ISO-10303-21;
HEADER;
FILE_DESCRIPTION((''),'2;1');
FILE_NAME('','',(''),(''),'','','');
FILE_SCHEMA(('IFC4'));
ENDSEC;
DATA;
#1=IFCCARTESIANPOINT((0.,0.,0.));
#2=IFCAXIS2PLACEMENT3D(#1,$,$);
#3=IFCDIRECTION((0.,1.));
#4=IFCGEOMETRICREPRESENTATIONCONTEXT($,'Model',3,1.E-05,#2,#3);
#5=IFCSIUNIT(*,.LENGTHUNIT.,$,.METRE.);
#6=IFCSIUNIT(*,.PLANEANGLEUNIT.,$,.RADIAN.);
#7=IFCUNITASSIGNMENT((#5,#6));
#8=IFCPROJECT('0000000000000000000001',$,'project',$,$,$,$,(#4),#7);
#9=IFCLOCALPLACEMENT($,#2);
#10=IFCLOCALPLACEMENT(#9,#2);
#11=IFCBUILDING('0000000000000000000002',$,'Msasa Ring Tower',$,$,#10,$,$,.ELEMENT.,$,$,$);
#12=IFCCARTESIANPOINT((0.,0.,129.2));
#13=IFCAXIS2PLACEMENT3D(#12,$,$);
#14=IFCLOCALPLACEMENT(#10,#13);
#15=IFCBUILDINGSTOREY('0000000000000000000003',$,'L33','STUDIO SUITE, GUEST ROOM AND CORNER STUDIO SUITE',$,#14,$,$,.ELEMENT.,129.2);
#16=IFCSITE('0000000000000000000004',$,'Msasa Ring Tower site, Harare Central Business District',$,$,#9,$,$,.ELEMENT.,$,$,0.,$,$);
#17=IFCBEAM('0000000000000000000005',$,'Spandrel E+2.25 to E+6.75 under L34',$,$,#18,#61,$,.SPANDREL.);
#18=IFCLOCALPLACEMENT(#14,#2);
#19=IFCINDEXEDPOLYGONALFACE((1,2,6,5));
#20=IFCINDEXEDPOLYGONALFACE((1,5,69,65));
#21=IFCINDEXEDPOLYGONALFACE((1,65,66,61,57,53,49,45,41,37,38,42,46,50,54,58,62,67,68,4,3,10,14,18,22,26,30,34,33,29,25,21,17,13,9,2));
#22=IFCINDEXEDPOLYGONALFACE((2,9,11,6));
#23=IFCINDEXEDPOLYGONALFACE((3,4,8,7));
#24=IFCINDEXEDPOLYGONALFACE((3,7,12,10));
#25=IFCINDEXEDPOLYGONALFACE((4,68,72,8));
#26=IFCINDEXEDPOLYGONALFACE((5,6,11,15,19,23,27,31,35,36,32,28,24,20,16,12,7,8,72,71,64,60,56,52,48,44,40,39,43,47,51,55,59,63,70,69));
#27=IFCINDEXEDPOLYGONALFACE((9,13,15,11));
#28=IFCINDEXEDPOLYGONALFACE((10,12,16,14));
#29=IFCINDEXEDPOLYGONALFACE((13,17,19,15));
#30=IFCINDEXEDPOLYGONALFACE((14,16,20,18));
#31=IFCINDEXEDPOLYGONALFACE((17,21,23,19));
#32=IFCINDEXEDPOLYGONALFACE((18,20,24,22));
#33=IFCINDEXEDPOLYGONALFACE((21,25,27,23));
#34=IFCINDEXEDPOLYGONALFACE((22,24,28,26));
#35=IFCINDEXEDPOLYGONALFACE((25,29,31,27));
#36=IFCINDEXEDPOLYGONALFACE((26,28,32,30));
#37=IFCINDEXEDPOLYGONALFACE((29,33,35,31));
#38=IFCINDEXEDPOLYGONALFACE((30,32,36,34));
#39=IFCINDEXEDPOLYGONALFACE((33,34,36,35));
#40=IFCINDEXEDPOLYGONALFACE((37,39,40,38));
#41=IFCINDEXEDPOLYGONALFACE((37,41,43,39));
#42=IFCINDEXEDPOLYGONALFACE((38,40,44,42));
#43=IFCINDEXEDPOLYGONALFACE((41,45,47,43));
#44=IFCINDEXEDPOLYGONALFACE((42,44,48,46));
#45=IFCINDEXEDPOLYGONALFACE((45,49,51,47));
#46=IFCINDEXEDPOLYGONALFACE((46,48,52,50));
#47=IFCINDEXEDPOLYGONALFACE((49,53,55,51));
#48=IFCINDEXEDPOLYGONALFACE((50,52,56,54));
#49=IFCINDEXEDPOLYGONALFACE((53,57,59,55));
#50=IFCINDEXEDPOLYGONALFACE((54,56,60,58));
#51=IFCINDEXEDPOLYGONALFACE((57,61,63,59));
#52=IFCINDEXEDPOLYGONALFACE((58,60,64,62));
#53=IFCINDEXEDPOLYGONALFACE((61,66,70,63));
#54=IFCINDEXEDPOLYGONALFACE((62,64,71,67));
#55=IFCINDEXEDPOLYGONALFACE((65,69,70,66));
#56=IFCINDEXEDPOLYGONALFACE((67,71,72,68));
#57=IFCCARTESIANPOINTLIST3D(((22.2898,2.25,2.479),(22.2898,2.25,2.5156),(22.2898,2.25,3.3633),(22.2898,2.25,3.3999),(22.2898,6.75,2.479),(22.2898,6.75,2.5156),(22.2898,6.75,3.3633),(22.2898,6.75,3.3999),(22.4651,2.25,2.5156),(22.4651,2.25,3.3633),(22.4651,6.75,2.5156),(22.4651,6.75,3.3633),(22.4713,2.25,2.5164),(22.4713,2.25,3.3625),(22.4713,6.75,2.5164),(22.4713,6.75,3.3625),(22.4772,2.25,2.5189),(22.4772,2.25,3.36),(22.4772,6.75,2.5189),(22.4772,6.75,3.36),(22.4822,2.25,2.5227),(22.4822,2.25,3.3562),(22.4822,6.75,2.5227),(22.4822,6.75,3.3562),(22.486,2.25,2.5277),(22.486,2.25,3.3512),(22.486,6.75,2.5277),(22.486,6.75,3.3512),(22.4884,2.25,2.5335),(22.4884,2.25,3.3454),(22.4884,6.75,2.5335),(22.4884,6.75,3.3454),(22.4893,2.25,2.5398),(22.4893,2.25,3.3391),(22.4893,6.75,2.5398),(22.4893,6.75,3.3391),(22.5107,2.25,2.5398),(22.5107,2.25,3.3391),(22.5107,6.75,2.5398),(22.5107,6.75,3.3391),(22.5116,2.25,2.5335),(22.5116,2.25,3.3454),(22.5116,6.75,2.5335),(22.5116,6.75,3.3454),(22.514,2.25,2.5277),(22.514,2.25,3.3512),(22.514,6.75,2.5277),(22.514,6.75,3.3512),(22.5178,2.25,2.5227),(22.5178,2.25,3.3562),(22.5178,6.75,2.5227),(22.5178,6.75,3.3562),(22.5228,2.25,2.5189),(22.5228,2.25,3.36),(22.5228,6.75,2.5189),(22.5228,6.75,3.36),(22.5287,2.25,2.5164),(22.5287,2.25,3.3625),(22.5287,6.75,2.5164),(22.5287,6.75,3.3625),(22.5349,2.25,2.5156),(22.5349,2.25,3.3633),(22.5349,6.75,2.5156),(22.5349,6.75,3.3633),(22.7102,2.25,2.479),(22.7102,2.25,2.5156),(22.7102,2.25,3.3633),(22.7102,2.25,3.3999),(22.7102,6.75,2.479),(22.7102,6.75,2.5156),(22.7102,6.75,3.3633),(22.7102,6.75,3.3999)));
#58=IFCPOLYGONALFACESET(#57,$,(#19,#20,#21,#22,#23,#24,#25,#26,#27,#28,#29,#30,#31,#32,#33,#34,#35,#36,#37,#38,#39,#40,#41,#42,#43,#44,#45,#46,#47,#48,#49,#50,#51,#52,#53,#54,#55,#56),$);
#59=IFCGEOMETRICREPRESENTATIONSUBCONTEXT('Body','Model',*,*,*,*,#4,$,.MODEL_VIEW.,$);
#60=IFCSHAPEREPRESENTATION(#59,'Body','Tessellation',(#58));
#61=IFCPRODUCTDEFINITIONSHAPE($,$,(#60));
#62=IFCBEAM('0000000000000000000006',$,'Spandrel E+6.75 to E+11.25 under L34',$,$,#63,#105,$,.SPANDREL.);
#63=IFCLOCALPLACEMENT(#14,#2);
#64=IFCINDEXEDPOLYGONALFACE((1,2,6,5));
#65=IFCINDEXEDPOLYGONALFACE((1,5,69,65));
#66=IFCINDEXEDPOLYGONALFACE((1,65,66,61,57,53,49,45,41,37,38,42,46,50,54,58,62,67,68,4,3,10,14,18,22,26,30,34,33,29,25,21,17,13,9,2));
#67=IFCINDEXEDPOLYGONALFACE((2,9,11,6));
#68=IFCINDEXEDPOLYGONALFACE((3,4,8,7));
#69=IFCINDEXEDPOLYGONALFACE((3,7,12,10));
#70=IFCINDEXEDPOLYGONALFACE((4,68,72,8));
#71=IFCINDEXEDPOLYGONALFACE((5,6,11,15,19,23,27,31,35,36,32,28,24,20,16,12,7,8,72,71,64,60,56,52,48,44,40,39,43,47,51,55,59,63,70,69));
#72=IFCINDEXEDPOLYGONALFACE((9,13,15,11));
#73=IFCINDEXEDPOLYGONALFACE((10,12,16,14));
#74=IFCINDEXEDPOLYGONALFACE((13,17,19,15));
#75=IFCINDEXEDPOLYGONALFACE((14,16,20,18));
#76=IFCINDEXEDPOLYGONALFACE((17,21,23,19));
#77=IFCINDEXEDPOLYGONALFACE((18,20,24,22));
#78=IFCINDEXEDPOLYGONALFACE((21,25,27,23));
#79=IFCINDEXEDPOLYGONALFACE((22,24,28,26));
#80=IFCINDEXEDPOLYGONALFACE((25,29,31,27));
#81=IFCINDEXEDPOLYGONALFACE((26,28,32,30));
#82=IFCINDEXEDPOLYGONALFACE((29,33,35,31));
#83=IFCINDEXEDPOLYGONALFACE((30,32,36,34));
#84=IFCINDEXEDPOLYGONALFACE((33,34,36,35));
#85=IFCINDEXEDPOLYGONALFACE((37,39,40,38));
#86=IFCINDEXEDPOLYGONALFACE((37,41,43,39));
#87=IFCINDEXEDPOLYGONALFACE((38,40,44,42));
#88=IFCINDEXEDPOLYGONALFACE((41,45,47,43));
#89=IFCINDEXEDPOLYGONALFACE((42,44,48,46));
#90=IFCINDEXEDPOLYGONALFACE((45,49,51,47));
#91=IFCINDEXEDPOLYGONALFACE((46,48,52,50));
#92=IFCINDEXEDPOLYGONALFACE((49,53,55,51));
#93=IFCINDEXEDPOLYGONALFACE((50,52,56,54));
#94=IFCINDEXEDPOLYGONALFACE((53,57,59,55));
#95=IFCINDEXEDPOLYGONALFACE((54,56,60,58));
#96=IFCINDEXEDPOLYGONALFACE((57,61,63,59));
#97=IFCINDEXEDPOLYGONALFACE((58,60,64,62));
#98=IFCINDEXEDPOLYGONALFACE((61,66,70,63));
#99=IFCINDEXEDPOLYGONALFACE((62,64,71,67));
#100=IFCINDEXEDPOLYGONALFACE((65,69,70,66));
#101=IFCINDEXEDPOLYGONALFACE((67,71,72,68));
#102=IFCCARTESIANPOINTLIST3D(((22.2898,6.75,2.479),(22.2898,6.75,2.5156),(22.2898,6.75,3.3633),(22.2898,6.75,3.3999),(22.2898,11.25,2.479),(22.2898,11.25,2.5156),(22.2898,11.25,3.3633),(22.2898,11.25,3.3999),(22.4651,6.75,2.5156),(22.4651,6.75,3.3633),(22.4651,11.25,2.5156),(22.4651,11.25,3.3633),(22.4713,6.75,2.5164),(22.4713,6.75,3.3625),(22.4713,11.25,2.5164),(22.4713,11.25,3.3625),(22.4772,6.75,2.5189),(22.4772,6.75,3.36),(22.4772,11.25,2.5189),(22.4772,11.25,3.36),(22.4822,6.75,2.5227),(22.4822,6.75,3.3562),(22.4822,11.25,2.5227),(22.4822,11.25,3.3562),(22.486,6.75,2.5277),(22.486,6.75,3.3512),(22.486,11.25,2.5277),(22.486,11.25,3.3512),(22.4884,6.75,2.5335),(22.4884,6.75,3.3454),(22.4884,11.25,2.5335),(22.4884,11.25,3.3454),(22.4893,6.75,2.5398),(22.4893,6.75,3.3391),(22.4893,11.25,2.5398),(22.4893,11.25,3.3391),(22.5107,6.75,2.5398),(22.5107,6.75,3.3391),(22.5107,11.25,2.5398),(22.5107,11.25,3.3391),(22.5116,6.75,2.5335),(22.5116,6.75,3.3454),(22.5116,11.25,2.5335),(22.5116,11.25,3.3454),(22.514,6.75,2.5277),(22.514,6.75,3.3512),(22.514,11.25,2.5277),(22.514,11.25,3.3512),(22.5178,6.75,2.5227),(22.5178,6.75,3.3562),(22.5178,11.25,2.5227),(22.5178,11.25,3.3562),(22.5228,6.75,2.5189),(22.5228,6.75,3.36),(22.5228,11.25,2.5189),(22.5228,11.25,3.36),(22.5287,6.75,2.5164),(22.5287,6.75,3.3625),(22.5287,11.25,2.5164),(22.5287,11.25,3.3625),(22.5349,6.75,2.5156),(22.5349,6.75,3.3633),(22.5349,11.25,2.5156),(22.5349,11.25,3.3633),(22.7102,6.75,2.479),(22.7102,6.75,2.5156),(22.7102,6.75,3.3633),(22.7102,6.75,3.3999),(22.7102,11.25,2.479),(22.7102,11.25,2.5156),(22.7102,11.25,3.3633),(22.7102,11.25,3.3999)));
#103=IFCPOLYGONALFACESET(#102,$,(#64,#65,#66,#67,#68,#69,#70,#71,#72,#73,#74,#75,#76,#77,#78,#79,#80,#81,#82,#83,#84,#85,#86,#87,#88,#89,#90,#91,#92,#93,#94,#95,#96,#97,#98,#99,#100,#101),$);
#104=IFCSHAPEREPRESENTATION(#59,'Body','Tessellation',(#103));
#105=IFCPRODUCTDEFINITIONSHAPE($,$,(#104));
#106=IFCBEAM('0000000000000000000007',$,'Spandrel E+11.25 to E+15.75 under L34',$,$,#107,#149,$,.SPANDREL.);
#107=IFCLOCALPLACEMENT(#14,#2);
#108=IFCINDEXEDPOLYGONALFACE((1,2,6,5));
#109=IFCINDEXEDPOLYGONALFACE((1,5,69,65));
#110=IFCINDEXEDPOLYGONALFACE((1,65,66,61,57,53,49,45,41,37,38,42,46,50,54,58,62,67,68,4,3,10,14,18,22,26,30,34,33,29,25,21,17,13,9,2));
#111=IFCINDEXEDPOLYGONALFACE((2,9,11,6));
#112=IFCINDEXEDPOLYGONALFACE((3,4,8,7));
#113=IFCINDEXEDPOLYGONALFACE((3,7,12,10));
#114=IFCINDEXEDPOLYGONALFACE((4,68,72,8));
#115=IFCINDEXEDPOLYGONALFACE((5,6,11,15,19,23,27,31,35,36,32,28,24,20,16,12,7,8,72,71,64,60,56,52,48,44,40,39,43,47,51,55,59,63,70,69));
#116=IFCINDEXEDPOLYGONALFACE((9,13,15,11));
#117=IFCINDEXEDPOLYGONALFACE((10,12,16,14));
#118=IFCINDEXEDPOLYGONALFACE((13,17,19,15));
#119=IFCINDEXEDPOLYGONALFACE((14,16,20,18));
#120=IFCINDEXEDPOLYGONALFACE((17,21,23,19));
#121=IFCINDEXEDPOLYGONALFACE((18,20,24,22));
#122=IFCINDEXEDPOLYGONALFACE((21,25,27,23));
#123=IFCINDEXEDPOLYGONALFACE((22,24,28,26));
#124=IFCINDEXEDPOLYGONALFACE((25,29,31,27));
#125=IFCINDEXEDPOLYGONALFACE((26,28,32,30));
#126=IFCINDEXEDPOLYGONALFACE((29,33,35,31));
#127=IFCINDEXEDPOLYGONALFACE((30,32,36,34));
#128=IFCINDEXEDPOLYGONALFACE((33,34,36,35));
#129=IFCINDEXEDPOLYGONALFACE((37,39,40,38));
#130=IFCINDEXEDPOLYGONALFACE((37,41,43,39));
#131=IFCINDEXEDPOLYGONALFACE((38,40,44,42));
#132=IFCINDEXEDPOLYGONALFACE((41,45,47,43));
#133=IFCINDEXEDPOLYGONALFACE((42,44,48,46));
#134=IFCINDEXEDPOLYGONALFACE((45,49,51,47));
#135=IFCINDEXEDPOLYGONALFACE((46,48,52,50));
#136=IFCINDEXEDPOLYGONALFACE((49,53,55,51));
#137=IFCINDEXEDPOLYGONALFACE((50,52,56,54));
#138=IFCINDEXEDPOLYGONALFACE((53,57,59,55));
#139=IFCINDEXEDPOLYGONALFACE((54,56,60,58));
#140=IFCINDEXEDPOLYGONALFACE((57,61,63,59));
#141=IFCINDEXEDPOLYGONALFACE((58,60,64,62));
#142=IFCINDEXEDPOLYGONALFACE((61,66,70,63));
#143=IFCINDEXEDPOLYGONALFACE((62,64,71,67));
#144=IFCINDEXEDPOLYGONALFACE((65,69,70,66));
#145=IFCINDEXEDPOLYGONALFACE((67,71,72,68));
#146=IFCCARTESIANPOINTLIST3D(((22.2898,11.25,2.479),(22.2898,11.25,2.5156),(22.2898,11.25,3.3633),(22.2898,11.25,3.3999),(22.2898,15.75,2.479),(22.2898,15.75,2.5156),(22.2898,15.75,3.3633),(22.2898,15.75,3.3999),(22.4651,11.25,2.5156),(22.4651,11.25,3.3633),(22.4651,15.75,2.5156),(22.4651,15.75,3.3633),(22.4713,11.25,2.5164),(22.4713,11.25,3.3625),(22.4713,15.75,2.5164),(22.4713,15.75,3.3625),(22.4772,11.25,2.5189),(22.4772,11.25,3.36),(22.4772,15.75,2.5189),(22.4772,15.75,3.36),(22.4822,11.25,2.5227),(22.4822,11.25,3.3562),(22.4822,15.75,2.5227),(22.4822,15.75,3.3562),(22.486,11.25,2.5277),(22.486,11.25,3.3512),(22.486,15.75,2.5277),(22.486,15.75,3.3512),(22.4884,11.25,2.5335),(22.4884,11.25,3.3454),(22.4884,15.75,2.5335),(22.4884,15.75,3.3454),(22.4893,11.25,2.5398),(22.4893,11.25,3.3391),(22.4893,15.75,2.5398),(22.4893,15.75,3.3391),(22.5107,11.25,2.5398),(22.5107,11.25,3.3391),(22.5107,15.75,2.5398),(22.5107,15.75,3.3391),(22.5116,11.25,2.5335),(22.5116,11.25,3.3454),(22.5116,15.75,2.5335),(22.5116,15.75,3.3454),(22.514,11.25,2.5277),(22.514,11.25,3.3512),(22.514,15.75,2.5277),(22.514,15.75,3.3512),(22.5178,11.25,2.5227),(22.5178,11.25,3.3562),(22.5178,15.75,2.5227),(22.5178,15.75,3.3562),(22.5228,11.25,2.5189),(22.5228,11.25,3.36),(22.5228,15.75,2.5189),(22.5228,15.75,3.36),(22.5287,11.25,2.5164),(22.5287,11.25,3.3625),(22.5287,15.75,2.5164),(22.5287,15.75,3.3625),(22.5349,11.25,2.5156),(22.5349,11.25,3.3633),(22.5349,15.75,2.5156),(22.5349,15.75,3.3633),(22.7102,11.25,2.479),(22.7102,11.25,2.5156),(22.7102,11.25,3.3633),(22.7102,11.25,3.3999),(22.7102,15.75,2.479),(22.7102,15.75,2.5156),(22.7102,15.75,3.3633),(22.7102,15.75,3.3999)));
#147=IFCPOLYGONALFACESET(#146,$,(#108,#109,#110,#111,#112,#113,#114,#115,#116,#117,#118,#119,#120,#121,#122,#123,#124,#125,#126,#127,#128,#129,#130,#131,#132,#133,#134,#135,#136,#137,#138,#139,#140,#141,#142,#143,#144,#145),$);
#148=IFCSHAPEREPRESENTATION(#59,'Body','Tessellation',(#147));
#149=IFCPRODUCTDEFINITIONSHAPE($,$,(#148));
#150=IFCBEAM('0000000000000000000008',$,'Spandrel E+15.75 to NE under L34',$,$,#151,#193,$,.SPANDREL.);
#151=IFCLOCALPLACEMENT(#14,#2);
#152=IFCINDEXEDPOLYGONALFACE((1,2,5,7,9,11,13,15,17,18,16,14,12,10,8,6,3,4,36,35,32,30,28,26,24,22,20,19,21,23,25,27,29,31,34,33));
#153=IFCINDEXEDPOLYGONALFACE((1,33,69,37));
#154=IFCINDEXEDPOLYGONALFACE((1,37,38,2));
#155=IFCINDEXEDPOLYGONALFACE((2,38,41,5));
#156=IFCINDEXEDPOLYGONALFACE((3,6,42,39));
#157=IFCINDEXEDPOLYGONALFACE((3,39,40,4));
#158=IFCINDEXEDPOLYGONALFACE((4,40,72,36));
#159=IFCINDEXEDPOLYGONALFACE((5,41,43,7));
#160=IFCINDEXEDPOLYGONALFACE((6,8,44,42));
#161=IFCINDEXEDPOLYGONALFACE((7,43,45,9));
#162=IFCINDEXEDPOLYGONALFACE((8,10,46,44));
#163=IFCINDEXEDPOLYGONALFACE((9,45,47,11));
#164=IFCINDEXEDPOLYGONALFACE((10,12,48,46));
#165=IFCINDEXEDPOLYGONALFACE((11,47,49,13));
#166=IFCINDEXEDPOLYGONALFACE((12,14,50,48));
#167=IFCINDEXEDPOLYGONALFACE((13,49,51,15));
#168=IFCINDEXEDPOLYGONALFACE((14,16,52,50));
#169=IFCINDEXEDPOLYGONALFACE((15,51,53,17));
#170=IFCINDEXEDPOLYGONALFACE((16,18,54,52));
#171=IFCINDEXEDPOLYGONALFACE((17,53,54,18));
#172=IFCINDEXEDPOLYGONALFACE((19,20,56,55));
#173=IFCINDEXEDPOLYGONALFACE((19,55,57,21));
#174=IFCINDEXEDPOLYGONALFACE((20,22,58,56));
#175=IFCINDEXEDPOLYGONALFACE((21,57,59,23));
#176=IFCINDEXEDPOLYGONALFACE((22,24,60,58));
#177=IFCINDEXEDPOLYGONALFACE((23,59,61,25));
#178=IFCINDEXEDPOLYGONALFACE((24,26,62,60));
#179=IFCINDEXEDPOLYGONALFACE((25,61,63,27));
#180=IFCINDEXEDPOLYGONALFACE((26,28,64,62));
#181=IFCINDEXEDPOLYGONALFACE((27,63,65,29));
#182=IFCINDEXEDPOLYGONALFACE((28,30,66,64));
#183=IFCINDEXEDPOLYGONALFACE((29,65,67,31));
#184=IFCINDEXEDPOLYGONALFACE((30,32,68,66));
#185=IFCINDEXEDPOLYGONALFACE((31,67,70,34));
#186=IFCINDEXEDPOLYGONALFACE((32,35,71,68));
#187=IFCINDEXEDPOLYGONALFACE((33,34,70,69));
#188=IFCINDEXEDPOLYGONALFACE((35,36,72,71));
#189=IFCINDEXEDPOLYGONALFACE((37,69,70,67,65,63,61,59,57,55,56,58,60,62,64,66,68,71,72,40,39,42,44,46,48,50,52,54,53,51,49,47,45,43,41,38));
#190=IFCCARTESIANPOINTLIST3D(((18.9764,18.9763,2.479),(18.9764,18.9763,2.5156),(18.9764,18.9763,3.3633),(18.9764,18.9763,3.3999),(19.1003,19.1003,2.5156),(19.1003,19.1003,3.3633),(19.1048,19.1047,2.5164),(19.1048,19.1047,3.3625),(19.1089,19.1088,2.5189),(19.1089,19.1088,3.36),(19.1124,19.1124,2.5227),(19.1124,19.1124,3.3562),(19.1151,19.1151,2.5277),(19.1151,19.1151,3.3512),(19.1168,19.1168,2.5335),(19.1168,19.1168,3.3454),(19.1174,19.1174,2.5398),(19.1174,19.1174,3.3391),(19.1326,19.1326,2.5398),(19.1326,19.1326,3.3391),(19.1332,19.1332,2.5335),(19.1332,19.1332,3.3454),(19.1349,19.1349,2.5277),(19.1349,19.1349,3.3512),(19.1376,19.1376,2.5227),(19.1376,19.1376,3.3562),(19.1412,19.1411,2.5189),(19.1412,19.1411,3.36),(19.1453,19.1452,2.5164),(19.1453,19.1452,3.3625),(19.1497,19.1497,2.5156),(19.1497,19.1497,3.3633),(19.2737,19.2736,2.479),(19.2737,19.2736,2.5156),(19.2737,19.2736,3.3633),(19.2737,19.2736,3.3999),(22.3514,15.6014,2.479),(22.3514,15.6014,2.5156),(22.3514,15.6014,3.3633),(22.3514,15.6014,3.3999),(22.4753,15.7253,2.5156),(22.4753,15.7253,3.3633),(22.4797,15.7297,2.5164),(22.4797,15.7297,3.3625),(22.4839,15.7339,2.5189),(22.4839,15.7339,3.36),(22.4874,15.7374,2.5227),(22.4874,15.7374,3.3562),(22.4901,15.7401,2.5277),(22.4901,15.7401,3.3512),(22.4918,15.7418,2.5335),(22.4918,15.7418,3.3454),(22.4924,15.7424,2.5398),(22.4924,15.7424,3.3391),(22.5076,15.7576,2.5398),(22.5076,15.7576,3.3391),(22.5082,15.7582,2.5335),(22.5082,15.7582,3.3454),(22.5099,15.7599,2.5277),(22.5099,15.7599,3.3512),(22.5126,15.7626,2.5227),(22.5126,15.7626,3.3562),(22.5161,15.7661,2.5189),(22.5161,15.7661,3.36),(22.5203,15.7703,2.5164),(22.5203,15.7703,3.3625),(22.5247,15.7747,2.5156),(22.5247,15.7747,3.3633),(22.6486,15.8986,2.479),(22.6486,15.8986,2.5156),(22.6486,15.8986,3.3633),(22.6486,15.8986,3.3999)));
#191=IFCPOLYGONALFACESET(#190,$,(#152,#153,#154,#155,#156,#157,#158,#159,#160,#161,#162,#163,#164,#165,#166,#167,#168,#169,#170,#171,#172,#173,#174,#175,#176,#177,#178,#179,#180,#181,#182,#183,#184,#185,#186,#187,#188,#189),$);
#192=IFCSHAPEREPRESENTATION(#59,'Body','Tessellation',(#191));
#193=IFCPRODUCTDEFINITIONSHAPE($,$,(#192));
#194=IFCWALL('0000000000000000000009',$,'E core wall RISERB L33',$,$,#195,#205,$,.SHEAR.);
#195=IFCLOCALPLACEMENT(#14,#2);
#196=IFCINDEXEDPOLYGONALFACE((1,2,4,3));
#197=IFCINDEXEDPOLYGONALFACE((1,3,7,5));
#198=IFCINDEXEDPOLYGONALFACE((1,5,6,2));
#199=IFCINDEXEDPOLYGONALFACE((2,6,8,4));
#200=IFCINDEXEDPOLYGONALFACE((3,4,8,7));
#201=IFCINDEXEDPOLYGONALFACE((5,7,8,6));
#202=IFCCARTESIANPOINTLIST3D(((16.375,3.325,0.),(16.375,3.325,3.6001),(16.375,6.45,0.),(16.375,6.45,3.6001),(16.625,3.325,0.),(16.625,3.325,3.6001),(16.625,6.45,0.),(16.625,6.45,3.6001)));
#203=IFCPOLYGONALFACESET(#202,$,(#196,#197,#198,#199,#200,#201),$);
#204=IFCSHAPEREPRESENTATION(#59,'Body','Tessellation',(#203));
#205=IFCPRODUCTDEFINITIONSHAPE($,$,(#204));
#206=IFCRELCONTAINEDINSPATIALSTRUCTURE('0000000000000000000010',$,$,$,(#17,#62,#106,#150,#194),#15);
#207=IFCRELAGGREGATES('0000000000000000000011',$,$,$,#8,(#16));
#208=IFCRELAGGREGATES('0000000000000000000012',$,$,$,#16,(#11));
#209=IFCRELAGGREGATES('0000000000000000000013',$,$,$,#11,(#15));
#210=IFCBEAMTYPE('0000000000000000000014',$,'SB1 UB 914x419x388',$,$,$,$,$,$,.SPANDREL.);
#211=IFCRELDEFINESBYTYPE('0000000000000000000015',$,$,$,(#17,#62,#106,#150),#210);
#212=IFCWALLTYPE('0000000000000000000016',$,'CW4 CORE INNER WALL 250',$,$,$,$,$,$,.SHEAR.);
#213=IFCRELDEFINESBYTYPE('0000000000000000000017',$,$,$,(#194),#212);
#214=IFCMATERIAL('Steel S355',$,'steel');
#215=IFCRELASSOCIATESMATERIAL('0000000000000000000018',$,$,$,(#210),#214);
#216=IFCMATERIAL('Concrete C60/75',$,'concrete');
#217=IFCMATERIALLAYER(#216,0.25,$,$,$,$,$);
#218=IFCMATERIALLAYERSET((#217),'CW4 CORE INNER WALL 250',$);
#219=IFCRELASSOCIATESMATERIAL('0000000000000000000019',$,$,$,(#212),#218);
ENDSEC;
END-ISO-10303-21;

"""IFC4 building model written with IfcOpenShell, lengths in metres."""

from ifc_helpers import new_model, si_unit, direction, frame, frame_2d, origin, origin_2d, place, context, subcontext, project, spatial, rectangle, i_section, extrude, material, layer, layer_set, material_profile, profile_set, type_object, element, save


model = new_model("IFC4")

# Units and contexts
model_context = context("Model", 3, precision=1e-05, world=origin(), true_north=direction((0.0, 1.0)))
body_context = subcontext(model_context, "Body", "Model", "MODEL_VIEW")
ifc_project = project(units=[si_unit("LENGTHUNIT", "METRE"), si_unit("PLANEANGLEUNIT", "RADIAN")], contexts=[model_context])

# Site, building, storey
site_placement = place(None, origin())
site = spatial("IfcSite", under=ifc_project, at=site_placement, Name="Msasa Ring Tower site, Harare Central Business District", CompositionType="ELEMENT", RefElevation=0.0)
building_placement = place(site_placement, origin())
building = spatial("IfcBuilding", under=site, at=building_placement, Name="Msasa Ring Tower", CompositionType="ELEMENT")
storey_placement = place(building_placement, frame((0.0, 0.0, 129.2)))
storey = spatial("IfcBuildingStorey", under=building, at=storey_placement, Name="L33", Description="STUDIO SUITE, GUEST ROOM AND CORNER STUDIO SUITE", CompositionType="ELEMENT", Elevation=129.2)

# Beams
ifc_material_1 = material(Name="Steel S355", Category="steel")
ifc_material_profile_1 = material_profile(ifc_material_1, i_section(OverallWidth=0.4204, OverallDepth=0.9209, WebThickness=0.0215, FlangeThickness=0.0366, FilletRadius=0.0242, at=origin_2d()), Name="UB 914x419x388")
ifc_profile_set_1 = profile_set([ifc_material_profile_1], Name="Steel S355")
beam_type_1 = type_object("IfcBeamType", Name="SB1 UB 914x419x388", PredefinedType="SPANDREL", material=ifc_profile_set_1)
for number, where, z_axis, x_axis, name in (
    (1, (22.5, 2.25, 2.9395), (0.0, 1.0, 0.0), (-1.0, 0.0, 0.0), "Spandrel E+2.25 to E+6.75 under L34"),
    (2, (22.5, 6.75, 2.9395), (0.0, 1.0, 0.0), (-1.0, 0.0, 0.0), "Spandrel E+6.75 to E+11.25 under L34"),
    (3, (22.5, 11.25, 2.9395), (0.0, 1.0, 0.0), (-1.0, 0.0, 0.0), "Spandrel E+11.25 to E+15.75 under L34"),
):
    element("IfcBeam", number, at=place(storey_placement, frame(where, z_axis=z_axis, x_axis=x_axis)), inside=storey, type_object=beam_type_1, Name=name, PredefinedType="SPANDREL", context=body_context, shape_type="SweptSolid", body=[
        extrude(i_section(OverallWidth=0.4204, OverallDepth=0.9209, WebThickness=0.0215, FlangeThickness=0.0366, FilletRadius=0.0242, at=origin_2d()), origin(), (0.0, 0.0, 1.0), 4.5),
    ])
beam_1_placement = place(storey_placement, frame((22.5, 15.75, 2.9395), z_axis=(-0.707107, 0.707107, 0.0), x_axis=(-0.707107, -0.707107, 0.0)))
element("IfcBeam", 4, at=beam_1_placement, inside=storey, type_object=beam_type_1, Name="Spandrel E+15.75 to NE under L34", PredefinedType="SPANDREL", context=body_context, shape_type="SweptSolid", body=[
    extrude(i_section(OverallWidth=0.4204, OverallDepth=0.9209, WebThickness=0.0215, FlangeThickness=0.0366, FilletRadius=0.0242, at=origin_2d()), origin(), (0.0, 0.0, 1.0), 4.7729),
])

# Wall
ifc_material_2 = material(Name="Concrete C60/75", Category="concrete")
ifc_layer_1 = layer(ifc_material_2, 0.25)
ifc_layer_set_1 = layer_set([ifc_layer_1], Name="CW4 CORE INNER WALL 250")
wall_type_1 = type_object("IfcWallType", Name="CW4 CORE INNER WALL 250", PredefinedType="SHEAR", material=ifc_layer_set_1)
wall_1_placement = place(storey_placement, frame((16.5, 3.325, 0.0), z_axis=(0.0, 0.0, 1.0), x_axis=(0.0, 1.0, 0.0)))
element("IfcWall", 5, at=wall_1_placement, inside=storey, type_object=wall_type_1, Name="E core wall RISERB L33", PredefinedType="SHEAR", context=body_context, shape_type="SweptSolid", body=[
    extrude(rectangle(XDim=3.125, YDim=0.25, at=frame_2d((1.5625, 0.0))), origin(), (0.0, 0.0, 1.0), 3.6001),
])

save(model, "model.ifc")
